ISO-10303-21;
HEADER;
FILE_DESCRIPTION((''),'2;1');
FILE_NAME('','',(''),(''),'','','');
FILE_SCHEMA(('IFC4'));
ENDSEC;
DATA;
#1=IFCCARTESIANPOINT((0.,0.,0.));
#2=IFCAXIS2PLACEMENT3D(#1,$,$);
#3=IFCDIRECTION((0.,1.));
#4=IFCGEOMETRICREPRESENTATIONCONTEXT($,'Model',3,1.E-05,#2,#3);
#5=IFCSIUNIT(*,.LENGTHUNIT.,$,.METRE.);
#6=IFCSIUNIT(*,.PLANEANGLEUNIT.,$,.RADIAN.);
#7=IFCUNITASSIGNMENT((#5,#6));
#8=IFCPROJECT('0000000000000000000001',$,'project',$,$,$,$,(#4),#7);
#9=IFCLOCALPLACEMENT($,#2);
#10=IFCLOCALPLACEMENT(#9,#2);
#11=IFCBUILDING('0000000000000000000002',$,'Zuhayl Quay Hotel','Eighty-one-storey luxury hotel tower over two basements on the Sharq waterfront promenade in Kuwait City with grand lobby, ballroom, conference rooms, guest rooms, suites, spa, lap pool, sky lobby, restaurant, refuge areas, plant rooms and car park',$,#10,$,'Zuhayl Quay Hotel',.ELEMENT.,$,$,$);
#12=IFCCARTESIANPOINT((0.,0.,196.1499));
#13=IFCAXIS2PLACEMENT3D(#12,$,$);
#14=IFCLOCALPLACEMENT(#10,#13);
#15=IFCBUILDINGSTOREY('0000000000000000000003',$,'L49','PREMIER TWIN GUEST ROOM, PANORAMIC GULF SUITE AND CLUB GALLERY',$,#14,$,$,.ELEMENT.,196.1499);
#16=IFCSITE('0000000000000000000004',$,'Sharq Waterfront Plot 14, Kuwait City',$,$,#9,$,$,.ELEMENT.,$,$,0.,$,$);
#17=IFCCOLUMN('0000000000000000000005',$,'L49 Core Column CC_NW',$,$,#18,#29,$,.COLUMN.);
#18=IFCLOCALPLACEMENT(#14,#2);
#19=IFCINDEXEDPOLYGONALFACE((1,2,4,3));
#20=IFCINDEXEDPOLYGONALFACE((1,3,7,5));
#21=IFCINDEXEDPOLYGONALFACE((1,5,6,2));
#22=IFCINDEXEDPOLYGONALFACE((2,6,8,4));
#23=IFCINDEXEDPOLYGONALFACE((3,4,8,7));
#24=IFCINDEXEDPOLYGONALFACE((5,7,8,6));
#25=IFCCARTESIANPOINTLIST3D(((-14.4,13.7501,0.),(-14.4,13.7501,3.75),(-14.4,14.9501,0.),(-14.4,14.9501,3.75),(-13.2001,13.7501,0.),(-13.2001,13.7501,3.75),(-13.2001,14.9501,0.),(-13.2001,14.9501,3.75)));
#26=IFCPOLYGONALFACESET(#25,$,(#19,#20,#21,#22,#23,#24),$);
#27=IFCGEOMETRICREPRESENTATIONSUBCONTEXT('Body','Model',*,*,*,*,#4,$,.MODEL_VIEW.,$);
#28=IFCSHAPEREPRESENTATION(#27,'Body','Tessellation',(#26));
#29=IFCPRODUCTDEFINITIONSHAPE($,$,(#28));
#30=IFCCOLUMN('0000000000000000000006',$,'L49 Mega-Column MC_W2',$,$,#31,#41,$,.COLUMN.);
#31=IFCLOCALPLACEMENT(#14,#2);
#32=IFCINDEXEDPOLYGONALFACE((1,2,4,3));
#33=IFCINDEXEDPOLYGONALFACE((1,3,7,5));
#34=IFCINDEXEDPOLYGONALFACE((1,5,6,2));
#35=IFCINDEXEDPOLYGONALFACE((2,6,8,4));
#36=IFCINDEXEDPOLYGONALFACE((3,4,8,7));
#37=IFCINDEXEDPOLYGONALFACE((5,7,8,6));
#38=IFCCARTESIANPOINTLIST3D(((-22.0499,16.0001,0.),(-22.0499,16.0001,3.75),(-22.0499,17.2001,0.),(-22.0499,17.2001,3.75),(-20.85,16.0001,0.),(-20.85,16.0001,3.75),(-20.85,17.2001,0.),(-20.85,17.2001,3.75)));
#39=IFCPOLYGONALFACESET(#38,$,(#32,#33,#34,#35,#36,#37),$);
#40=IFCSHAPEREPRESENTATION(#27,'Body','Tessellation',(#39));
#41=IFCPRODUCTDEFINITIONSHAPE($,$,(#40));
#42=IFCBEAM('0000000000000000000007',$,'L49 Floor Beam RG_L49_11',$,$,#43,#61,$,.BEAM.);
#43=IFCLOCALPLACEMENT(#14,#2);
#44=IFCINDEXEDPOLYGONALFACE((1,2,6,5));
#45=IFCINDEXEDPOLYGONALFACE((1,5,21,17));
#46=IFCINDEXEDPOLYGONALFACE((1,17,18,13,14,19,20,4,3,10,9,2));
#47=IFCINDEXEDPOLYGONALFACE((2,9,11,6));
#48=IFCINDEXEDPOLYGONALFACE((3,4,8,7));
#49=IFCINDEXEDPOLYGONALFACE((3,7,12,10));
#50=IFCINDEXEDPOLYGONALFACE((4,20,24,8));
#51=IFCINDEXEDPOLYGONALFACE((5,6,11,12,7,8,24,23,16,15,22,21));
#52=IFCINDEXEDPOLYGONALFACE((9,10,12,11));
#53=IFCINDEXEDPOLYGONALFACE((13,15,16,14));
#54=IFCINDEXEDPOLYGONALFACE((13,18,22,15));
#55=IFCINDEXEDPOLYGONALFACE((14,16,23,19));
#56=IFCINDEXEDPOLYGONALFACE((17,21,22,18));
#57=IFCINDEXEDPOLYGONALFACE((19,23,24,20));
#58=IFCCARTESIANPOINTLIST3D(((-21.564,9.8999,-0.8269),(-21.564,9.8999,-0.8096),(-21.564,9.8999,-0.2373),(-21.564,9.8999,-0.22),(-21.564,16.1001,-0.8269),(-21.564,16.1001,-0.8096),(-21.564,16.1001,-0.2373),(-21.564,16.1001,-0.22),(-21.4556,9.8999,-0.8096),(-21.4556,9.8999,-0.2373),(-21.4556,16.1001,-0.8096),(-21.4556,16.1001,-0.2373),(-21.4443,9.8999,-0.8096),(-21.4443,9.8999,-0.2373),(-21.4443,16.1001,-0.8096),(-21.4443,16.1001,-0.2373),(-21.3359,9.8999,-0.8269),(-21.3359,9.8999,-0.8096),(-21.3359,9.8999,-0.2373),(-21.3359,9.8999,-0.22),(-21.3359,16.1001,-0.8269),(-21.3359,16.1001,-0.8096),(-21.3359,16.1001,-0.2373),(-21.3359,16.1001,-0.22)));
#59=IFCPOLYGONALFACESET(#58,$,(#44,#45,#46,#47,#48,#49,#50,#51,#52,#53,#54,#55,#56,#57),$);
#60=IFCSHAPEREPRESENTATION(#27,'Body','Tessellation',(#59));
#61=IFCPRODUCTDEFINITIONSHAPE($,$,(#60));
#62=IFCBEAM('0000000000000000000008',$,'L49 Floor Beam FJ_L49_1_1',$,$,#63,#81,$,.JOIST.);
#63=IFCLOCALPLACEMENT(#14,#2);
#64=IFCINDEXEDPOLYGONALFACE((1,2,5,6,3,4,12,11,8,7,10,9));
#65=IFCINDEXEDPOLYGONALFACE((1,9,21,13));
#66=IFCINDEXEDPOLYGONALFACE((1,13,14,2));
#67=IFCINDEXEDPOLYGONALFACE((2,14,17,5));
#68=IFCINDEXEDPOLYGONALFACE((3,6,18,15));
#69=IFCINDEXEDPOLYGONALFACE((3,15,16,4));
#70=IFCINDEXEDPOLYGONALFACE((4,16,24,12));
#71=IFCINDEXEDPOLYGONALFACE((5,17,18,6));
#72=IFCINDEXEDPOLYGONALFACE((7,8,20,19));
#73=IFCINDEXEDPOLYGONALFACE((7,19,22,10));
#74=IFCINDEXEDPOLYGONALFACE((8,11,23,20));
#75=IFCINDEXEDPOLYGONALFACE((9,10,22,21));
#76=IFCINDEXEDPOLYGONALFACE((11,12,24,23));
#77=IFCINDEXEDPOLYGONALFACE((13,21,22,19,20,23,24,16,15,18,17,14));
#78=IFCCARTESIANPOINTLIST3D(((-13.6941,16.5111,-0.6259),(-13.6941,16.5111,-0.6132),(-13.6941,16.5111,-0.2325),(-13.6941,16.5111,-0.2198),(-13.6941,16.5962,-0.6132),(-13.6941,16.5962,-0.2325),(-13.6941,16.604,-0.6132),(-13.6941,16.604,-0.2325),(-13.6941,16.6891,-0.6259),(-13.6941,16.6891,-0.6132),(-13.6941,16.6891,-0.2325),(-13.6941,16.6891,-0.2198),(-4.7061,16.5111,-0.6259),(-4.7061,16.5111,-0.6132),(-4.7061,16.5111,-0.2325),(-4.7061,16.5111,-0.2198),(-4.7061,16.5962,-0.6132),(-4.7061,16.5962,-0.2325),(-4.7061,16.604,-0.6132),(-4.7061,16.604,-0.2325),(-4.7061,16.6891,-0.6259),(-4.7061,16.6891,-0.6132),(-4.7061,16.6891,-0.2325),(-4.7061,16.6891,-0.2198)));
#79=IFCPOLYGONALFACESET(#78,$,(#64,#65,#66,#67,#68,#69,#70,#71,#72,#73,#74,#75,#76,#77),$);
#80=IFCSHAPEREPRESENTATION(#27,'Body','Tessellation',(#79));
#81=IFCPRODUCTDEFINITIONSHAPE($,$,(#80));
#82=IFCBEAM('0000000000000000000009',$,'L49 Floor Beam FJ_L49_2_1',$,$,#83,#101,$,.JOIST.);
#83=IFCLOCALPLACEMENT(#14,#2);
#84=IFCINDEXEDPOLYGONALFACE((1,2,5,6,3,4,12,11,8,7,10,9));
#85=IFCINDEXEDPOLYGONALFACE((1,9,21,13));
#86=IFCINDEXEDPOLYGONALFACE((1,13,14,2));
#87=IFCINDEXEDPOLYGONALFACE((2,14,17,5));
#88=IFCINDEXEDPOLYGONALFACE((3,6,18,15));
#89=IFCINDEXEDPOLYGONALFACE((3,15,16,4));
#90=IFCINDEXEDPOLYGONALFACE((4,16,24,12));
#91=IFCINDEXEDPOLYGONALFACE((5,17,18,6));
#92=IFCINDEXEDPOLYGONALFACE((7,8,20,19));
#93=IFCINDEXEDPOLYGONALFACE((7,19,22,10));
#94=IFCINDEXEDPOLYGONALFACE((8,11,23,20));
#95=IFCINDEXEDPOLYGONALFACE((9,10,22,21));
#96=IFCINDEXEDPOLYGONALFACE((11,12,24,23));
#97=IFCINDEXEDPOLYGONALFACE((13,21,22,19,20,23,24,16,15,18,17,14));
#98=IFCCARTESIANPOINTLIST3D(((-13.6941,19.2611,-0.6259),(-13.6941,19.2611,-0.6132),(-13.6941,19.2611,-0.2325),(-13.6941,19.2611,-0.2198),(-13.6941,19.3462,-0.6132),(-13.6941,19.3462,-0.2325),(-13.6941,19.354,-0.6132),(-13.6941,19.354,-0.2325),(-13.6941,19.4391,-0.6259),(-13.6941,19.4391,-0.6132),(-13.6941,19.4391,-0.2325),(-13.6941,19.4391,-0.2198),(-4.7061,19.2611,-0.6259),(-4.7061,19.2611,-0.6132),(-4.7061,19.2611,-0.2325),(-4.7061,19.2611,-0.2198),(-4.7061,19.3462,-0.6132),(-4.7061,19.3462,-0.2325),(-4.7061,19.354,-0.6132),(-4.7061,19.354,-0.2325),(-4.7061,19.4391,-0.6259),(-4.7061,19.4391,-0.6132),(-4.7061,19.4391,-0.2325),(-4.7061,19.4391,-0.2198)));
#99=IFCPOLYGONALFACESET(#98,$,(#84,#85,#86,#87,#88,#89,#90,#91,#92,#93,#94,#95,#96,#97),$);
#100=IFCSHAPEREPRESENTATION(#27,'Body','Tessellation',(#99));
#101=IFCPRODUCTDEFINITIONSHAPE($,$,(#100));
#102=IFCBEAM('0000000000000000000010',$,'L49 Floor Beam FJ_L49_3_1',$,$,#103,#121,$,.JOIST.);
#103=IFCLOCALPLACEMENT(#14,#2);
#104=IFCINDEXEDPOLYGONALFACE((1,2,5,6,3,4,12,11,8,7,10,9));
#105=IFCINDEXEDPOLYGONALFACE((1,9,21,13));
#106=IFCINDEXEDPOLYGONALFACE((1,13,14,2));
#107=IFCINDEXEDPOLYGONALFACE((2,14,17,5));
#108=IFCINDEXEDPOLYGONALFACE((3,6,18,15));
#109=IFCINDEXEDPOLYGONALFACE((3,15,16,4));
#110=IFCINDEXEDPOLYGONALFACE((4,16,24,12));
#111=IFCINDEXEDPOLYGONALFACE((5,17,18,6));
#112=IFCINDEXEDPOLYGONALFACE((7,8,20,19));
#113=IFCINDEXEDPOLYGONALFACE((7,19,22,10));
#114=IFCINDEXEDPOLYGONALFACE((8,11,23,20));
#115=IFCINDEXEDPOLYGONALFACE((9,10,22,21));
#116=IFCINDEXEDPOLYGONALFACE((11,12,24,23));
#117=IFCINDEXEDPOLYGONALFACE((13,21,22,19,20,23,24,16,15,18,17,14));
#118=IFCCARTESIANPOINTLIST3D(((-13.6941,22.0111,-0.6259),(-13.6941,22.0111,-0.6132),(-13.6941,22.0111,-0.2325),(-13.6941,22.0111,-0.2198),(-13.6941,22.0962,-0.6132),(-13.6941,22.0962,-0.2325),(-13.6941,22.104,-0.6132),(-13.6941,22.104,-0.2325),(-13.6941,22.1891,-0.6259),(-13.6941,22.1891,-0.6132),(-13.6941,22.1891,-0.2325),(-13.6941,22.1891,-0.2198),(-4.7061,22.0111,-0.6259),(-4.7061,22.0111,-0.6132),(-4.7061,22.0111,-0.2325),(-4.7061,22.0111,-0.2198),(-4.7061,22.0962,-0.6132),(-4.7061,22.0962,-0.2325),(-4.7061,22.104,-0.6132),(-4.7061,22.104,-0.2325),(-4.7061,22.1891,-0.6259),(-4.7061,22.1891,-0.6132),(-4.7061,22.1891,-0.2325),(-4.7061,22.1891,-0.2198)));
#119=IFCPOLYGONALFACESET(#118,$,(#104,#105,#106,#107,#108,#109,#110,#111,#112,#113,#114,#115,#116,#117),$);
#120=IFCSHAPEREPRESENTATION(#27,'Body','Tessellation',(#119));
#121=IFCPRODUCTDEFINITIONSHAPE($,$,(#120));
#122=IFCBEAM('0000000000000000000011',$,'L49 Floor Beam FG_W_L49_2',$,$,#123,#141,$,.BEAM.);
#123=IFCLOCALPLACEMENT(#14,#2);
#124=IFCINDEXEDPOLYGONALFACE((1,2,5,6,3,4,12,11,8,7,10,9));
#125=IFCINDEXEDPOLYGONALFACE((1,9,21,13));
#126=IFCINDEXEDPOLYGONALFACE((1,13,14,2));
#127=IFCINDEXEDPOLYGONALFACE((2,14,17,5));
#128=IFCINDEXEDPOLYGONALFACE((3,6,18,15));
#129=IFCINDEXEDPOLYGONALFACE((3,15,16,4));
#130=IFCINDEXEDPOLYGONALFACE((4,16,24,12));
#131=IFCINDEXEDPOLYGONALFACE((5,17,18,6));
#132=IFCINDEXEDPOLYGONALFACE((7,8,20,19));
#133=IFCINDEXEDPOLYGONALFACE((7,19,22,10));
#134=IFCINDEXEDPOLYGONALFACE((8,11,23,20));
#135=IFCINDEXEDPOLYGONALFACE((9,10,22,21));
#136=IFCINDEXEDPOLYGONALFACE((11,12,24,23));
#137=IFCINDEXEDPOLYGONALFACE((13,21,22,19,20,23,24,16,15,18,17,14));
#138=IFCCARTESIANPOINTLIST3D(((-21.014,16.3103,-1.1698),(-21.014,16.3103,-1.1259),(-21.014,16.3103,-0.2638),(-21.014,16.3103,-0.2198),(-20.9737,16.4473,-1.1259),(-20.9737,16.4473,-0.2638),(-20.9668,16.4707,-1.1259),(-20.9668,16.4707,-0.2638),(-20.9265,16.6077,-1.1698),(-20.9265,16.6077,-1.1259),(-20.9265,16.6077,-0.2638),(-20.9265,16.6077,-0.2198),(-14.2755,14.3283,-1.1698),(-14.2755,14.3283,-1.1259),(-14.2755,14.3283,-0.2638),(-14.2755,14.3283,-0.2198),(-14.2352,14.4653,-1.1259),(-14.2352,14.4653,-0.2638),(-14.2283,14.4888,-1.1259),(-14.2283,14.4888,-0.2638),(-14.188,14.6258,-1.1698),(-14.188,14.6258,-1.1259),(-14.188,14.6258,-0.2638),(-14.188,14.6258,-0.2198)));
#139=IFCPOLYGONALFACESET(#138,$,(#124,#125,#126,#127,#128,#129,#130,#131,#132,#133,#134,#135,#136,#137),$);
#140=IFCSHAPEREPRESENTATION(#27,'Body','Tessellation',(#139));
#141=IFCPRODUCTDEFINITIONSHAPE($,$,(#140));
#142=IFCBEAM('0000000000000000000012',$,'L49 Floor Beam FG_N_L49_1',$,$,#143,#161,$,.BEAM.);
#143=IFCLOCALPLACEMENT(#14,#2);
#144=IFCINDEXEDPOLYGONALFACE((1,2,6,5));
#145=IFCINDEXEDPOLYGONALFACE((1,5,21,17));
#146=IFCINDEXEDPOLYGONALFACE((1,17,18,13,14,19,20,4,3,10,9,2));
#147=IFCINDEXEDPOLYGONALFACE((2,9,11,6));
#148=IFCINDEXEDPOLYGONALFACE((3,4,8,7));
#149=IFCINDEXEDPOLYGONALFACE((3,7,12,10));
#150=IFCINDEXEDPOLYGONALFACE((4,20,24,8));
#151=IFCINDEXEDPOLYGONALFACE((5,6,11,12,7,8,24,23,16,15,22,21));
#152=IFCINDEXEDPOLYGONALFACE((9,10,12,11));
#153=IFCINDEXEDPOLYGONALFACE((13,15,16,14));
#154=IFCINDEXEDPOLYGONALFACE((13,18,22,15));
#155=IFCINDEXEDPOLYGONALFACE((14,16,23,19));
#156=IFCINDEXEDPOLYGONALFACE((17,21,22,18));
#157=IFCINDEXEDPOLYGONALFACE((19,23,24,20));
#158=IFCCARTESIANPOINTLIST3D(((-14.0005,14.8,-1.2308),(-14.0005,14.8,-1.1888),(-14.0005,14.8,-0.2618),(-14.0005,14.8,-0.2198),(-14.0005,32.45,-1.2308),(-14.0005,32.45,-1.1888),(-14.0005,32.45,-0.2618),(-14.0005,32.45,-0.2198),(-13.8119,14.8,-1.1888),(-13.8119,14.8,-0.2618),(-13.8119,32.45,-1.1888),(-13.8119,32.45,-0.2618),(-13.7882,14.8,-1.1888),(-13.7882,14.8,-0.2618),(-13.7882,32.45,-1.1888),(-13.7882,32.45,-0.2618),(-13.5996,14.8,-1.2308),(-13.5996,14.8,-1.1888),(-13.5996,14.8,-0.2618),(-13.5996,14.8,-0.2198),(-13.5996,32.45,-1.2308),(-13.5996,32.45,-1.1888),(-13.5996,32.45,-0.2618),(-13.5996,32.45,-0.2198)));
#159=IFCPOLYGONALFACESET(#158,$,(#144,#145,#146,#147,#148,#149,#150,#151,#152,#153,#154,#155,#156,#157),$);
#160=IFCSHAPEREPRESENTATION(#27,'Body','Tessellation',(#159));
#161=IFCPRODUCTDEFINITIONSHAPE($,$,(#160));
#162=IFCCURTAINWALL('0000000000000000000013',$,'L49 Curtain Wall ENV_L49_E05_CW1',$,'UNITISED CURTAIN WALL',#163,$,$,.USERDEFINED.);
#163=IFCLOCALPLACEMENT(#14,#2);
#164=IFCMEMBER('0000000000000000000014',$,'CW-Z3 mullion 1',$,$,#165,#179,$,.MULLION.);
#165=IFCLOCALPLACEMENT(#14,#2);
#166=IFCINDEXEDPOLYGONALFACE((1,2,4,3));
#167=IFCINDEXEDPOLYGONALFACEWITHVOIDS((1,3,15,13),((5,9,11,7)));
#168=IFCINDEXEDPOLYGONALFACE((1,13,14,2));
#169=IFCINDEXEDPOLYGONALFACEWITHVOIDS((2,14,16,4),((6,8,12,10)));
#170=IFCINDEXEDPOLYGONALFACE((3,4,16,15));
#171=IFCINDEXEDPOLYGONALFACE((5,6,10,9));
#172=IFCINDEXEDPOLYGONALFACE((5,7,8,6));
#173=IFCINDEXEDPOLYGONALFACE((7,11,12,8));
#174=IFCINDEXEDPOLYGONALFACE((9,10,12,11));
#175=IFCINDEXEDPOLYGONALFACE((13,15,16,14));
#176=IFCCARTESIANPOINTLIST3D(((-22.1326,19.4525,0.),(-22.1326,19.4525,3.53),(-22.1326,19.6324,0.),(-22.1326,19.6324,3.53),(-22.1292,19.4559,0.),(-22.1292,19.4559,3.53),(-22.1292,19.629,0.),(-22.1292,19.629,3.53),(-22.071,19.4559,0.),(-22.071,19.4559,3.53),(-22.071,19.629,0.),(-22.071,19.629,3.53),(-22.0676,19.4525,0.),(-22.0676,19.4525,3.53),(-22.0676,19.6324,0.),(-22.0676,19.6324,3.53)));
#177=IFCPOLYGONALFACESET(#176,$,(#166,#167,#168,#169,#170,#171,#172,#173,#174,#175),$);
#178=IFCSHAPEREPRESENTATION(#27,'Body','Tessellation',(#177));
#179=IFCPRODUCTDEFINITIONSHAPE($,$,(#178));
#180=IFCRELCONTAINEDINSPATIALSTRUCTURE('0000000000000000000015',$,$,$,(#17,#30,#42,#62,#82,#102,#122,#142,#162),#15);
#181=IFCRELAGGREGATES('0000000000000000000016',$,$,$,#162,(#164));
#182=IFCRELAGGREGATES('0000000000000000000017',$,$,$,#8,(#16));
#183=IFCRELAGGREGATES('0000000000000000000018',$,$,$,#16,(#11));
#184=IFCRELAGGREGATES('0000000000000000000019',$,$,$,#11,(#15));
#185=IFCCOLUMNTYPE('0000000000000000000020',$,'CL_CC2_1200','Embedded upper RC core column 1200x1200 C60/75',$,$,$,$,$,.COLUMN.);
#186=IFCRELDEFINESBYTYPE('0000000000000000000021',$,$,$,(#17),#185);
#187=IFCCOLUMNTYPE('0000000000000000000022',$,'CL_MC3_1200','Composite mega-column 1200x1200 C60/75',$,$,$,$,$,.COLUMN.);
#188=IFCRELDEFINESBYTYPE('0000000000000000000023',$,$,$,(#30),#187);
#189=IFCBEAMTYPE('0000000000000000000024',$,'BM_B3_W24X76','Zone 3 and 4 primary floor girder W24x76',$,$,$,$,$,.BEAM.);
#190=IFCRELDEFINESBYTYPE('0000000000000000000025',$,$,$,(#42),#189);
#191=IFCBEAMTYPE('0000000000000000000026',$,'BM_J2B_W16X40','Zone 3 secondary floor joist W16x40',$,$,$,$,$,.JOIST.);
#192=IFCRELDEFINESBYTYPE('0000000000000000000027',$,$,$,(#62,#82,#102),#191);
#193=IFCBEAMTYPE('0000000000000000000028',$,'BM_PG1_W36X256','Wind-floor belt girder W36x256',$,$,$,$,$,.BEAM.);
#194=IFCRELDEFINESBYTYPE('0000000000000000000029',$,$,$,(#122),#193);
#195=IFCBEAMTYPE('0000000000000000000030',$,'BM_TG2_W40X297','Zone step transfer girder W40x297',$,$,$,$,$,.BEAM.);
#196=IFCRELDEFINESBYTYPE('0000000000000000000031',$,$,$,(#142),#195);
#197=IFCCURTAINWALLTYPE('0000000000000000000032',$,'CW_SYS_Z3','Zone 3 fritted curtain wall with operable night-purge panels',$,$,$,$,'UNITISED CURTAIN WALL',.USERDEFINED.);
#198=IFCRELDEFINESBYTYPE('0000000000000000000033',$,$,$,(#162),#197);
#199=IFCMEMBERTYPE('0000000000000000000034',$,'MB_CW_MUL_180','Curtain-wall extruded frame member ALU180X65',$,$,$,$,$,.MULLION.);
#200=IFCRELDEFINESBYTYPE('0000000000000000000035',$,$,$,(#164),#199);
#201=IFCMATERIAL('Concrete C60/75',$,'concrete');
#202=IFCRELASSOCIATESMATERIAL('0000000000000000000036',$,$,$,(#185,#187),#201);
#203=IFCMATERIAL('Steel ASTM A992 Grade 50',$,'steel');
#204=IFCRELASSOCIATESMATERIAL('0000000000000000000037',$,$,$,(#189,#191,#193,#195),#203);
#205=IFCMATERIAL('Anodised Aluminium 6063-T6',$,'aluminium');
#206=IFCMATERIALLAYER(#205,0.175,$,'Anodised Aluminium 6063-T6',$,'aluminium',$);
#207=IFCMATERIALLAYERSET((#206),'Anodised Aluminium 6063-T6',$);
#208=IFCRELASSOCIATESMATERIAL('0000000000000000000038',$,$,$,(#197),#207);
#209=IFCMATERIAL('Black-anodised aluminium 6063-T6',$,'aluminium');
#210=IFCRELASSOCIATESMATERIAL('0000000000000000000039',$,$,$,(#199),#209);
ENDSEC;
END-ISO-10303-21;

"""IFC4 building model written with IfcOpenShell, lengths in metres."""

from ifc_helpers import new_model, si_unit, direction, frame, origin, origin_2d, place, context, subcontext, project, spatial, rectangle, hollow_rectangle, i_section, extrude, material, layer, layer_set, material_profile, profile_set, type_object, element, aggregate, save


model = new_model("IFC4")

# Units and contexts
model_context = context("Model", 3, precision=1e-05, world=origin(), true_north=direction((0.0, 1.0)))
body_context = subcontext(model_context, "Body", "Model", "MODEL_VIEW")
ifc_project = project(units=[si_unit("LENGTHUNIT", "METRE"), si_unit("PLANEANGLEUNIT", "RADIAN")], contexts=[model_context])

# Site, building, storey
site_placement = place(None, origin())
site = spatial("IfcSite", under=ifc_project, at=site_placement, Name="Sharq Waterfront Plot 14, Kuwait City", CompositionType="ELEMENT", RefElevation=0.0)
building_placement = place(site_placement, origin())
building = spatial("IfcBuilding", under=site, at=building_placement, Name="Zuhayl Quay Hotel", Description="Eighty-one-storey luxury hotel tower over two basements on the Sharq waterfront promenade in Kuwait City with grand lobby, ballroom, conference rooms, guest rooms, suites, spa, lap pool, sky lobby, restaurant, refuge areas, plant rooms and car park", LongName="Zuhayl Quay Hotel", CompositionType="ELEMENT")
storey_placement = place(building_placement, frame((0.0, 0.0, 196.1499)))
storey = spatial("IfcBuildingStorey", under=building, at=storey_placement, Name="L49", Description="PREMIER TWIN GUEST ROOM, PANORAMIC GULF SUITE AND CLUB GALLERY", CompositionType="ELEMENT", Elevation=196.1499)

# Columns
ifc_material_1 = material(Name="Concrete C60/75", Category="concrete")
ifc_material_profile_1 = material_profile(ifc_material_1, rectangle(XDim=1.2, YDim=1.2, at=origin_2d()), Name="RC1200X1200")
ifc_profile_set_1 = profile_set([ifc_material_profile_1], Name="Concrete C60/75")
column_type_1 = type_object("IfcColumnType", Name="CL_CC2_1200", Description="Embedded upper RC core column 1200x1200 C60/75", PredefinedType="COLUMN", material=ifc_profile_set_1)
column_1_placement = place(storey_placement, frame((-13.8, 14.3501, 0.0), z_axis=(0.0, 0.0, 1.0), x_axis=(1.0, 0.0, 0.0)))
element("IfcColumn", 1, at=column_1_placement, inside=storey, type_object=column_type_1, Name="L49 Core Column CC_NW", PredefinedType="COLUMN", context=body_context, shape_type="SweptSolid", body=[
    extrude(rectangle(XDim=1.2, YDim=1.2, at=origin_2d()), origin(), (0.0, 0.0, 1.0), 3.75),
])
ifc_material_profile_2 = material_profile(ifc_material_1, rectangle(XDim=1.2, YDim=1.2, at=origin_2d()), Name="RC1200X1200")
ifc_profile_set_2 = profile_set([ifc_material_profile_2], Name="Concrete C60/75")
column_type_2 = type_object("IfcColumnType", Name="CL_MC3_1200", Description="Composite mega-column 1200x1200 C60/75", PredefinedType="COLUMN", material=ifc_profile_set_2)
column_2_placement = place(storey_placement, frame((-21.45, 16.6001, 0.0), z_axis=(0.0, 0.0, 1.0), x_axis=(1.0, 0.0, 0.0)))
element("IfcColumn", 2, at=column_2_placement, inside=storey, type_object=column_type_2, Name="L49 Mega-Column MC_W2", PredefinedType="COLUMN", context=body_context, shape_type="SweptSolid", body=[
    extrude(rectangle(XDim=1.2, YDim=1.2, at=origin_2d()), origin(), (0.0, 0.0, 1.0), 3.75),
])

# Beams
ifc_material_2 = material(Name="Steel ASTM A992 Grade 50", Category="steel")
ifc_material_profile_3 = material_profile(ifc_material_2, i_section(OverallWidth=0.228, OverallDepth=0.6069, WebThickness=0.0112, FlangeThickness=0.0173, at=origin_2d()), Name="W24X76")
ifc_profile_set_3 = profile_set([ifc_material_profile_3], Name="Steel ASTM A992 Grade 50")
beam_type_1 = type_object("IfcBeamType", Name="BM_B3_W24X76", Description="Zone 3 and 4 primary floor girder W24x76", PredefinedType="BEAM", material=ifc_profile_set_3)
beam_1_placement = place(storey_placement, frame((-21.45, 16.1001, -0.5234), z_axis=(0.0, -1.0, 0.0), x_axis=(1.0, 0.0, 0.0)))
element("IfcBeam", 3, at=beam_1_placement, inside=storey, type_object=beam_type_1, Name="L49 Floor Beam RG_L49_11", PredefinedType="BEAM", context=body_context, shape_type="SweptSolid", body=[
    extrude(i_section(OverallWidth=0.228, OverallDepth=0.6069, WebThickness=0.0112, FlangeThickness=0.0173, at=origin_2d()), origin(), (0.0, 0.0, 1.0), 6.2002),
])
ifc_material_profile_4 = material_profile(ifc_material_2, i_section(OverallWidth=0.178, OverallDepth=0.406, WebThickness=0.0078, FlangeThickness=0.0127, at=origin_2d()), Name="W16X40")
ifc_profile_set_4 = profile_set([ifc_material_profile_4], Name="Steel ASTM A992 Grade 50")
beam_type_2 = type_object("IfcBeamType", Name="BM_J2B_W16X40", Description="Zone 3 secondary floor joist W16x40", PredefinedType="JOIST", material=ifc_profile_set_4)
for number, where, z_axis, x_axis, name in (
    (4, (-13.6941, 16.6001, -0.4229), (1.0, 0.0, 0.0), (0.0, 1.0, 0.0), "L49 Floor Beam FJ_L49_1_1"),
    (5, (-13.6941, 19.3501, -0.4229), (1.0, 0.0, 0.0), (0.0, 1.0, 0.0), "L49 Floor Beam FJ_L49_2_1"),
    (6, (-13.6941, 22.1001, -0.4229), (1.0, 0.0, 0.0), (0.0, 1.0, 0.0), "L49 Floor Beam FJ_L49_3_1"),
):
    element("IfcBeam", number, at=place(storey_placement, frame(where, z_axis=z_axis, x_axis=x_axis)), inside=storey, type_object=beam_type_2, Name=name, PredefinedType="JOIST", context=body_context, shape_type="SweptSolid", body=[
        extrude(i_section(OverallWidth=0.178, OverallDepth=0.406, WebThickness=0.0078, FlangeThickness=0.0127, at=origin_2d()), origin(), (0.0, 0.0, 1.0), 8.988),
    ])
ifc_material_profile_5 = material_profile(ifc_material_2, i_section(OverallWidth=0.3101, OverallDepth=0.95, WebThickness=0.0244, FlangeThickness=0.0439, at=origin_2d()), Name="W36X256")
ifc_profile_set_5 = profile_set([ifc_material_profile_5], Name="Steel ASTM A992 Grade 50")
beam_type_3 = type_object("IfcBeamType", Name="BM_PG1_W36X256", Description="Wind-floor belt girder W36x256", PredefinedType="BEAM", material=ifc_profile_set_5)
beam_2_placement = place(storey_placement, frame((-20.9702, 16.459, -0.6948), z_axis=(0.959365, -0.282168, 0.0), x_axis=(0.282168, 0.959365, 0.0)))
element("IfcBeam", 7, at=beam_2_placement, inside=storey, type_object=beam_type_3, Name="L49 Floor Beam FG_W_L49_2", PredefinedType="BEAM", context=body_context, shape_type="SweptSolid", body=[
    extrude(i_section(OverallWidth=0.3101, OverallDepth=0.95, WebThickness=0.0244, FlangeThickness=0.0439, at=origin_2d()), origin(), (0.0, 0.0, 1.0), 7.0239),
])
ifc_material_profile_6 = material_profile(ifc_material_2, i_section(OverallWidth=0.4009, OverallDepth=1.011, WebThickness=0.0237, FlangeThickness=0.042, at=origin_2d()), Name="W40X297")
ifc_profile_set_6 = profile_set([ifc_material_profile_6], Name="Steel ASTM A992 Grade 50")
beam_type_4 = type_object("IfcBeamType", Name="BM_TG2_W40X297", Description="Zone step transfer girder W40x297", PredefinedType="BEAM", material=ifc_profile_set_6)
beam_3_placement = place(storey_placement, frame((-13.8, 14.8, -0.7253), z_axis=(0.0, 1.0, 0.0), x_axis=(-1.0, 0.0, 0.0)))
element("IfcBeam", 8, at=beam_3_placement, inside=storey, type_object=beam_type_4, Name="L49 Floor Beam FG_N_L49_1", PredefinedType="BEAM", context=body_context, shape_type="SweptSolid", body=[
    extrude(i_section(OverallWidth=0.4009, OverallDepth=1.011, WebThickness=0.0237, FlangeThickness=0.042, at=origin_2d()), origin(), (0.0, 0.0, 1.0), 17.6499),
])

# Curtain wall, member
ifc_material_3 = material(Name="Anodised Aluminium 6063-T6", Category="aluminium")
ifc_layer_1 = layer(ifc_material_3, 0.175, Name="Anodised Aluminium 6063-T6", Category="aluminium")
ifc_layer_set_1 = layer_set([ifc_layer_1], Name="Anodised Aluminium 6063-T6")
curtain_wall_type = type_object("IfcCurtainWallType", Name="CW_SYS_Z3", Description="Zone 3 fritted curtain wall with operable night-purge panels", ElementType="UNITISED CURTAIN WALL", PredefinedType="USERDEFINED", material=ifc_layer_set_1)
curtain_wall_placement = place(storey_placement, origin())
curtain_wall = element("IfcCurtainWall", 9, at=curtain_wall_placement, inside=storey, type_object=curtain_wall_type, Name="L49 Curtain Wall ENV_L49_E05_CW1", ObjectType="UNITISED CURTAIN WALL", PredefinedType="USERDEFINED")
ifc_material_4 = material(Name="Black-anodised aluminium 6063-T6", Category="aluminium")
ifc_material_profile_7 = material_profile(ifc_material_4, hollow_rectangle(XDim=0.0649, YDim=0.1799, WallThickness=0.0034, at=origin_2d()), Name="ALU180X65")
ifc_profile_set_7 = profile_set([ifc_material_profile_7], Name="Black-anodised aluminium 6063-T6")
member_type_1 = type_object("IfcMemberType", Name="MB_CW_MUL_180", Description="Curtain-wall extruded frame member ALU180X65", PredefinedType="MULLION", material=ifc_profile_set_7)
member_1_placement = place(storey_placement, frame((-22.1001, 19.5425, 0.0), z_axis=(0.0, 0.0, 1.0), x_axis=(-1.0, 0.0, 0.0)))
member_1 = element("IfcMember", 10, at=member_1_placement, type_object=member_type_1, Name="CW-Z3 mullion 1", PredefinedType="MULLION", context=body_context, shape_type="SweptSolid", body=[
    extrude(hollow_rectangle(XDim=0.0649, YDim=0.1799, WallThickness=0.0034, at=origin_2d()), origin(), (0.0, 0.0, 1.0), 3.53),
])
aggregate(curtain_wall, [member_1])

save(model, "model.ifc")
